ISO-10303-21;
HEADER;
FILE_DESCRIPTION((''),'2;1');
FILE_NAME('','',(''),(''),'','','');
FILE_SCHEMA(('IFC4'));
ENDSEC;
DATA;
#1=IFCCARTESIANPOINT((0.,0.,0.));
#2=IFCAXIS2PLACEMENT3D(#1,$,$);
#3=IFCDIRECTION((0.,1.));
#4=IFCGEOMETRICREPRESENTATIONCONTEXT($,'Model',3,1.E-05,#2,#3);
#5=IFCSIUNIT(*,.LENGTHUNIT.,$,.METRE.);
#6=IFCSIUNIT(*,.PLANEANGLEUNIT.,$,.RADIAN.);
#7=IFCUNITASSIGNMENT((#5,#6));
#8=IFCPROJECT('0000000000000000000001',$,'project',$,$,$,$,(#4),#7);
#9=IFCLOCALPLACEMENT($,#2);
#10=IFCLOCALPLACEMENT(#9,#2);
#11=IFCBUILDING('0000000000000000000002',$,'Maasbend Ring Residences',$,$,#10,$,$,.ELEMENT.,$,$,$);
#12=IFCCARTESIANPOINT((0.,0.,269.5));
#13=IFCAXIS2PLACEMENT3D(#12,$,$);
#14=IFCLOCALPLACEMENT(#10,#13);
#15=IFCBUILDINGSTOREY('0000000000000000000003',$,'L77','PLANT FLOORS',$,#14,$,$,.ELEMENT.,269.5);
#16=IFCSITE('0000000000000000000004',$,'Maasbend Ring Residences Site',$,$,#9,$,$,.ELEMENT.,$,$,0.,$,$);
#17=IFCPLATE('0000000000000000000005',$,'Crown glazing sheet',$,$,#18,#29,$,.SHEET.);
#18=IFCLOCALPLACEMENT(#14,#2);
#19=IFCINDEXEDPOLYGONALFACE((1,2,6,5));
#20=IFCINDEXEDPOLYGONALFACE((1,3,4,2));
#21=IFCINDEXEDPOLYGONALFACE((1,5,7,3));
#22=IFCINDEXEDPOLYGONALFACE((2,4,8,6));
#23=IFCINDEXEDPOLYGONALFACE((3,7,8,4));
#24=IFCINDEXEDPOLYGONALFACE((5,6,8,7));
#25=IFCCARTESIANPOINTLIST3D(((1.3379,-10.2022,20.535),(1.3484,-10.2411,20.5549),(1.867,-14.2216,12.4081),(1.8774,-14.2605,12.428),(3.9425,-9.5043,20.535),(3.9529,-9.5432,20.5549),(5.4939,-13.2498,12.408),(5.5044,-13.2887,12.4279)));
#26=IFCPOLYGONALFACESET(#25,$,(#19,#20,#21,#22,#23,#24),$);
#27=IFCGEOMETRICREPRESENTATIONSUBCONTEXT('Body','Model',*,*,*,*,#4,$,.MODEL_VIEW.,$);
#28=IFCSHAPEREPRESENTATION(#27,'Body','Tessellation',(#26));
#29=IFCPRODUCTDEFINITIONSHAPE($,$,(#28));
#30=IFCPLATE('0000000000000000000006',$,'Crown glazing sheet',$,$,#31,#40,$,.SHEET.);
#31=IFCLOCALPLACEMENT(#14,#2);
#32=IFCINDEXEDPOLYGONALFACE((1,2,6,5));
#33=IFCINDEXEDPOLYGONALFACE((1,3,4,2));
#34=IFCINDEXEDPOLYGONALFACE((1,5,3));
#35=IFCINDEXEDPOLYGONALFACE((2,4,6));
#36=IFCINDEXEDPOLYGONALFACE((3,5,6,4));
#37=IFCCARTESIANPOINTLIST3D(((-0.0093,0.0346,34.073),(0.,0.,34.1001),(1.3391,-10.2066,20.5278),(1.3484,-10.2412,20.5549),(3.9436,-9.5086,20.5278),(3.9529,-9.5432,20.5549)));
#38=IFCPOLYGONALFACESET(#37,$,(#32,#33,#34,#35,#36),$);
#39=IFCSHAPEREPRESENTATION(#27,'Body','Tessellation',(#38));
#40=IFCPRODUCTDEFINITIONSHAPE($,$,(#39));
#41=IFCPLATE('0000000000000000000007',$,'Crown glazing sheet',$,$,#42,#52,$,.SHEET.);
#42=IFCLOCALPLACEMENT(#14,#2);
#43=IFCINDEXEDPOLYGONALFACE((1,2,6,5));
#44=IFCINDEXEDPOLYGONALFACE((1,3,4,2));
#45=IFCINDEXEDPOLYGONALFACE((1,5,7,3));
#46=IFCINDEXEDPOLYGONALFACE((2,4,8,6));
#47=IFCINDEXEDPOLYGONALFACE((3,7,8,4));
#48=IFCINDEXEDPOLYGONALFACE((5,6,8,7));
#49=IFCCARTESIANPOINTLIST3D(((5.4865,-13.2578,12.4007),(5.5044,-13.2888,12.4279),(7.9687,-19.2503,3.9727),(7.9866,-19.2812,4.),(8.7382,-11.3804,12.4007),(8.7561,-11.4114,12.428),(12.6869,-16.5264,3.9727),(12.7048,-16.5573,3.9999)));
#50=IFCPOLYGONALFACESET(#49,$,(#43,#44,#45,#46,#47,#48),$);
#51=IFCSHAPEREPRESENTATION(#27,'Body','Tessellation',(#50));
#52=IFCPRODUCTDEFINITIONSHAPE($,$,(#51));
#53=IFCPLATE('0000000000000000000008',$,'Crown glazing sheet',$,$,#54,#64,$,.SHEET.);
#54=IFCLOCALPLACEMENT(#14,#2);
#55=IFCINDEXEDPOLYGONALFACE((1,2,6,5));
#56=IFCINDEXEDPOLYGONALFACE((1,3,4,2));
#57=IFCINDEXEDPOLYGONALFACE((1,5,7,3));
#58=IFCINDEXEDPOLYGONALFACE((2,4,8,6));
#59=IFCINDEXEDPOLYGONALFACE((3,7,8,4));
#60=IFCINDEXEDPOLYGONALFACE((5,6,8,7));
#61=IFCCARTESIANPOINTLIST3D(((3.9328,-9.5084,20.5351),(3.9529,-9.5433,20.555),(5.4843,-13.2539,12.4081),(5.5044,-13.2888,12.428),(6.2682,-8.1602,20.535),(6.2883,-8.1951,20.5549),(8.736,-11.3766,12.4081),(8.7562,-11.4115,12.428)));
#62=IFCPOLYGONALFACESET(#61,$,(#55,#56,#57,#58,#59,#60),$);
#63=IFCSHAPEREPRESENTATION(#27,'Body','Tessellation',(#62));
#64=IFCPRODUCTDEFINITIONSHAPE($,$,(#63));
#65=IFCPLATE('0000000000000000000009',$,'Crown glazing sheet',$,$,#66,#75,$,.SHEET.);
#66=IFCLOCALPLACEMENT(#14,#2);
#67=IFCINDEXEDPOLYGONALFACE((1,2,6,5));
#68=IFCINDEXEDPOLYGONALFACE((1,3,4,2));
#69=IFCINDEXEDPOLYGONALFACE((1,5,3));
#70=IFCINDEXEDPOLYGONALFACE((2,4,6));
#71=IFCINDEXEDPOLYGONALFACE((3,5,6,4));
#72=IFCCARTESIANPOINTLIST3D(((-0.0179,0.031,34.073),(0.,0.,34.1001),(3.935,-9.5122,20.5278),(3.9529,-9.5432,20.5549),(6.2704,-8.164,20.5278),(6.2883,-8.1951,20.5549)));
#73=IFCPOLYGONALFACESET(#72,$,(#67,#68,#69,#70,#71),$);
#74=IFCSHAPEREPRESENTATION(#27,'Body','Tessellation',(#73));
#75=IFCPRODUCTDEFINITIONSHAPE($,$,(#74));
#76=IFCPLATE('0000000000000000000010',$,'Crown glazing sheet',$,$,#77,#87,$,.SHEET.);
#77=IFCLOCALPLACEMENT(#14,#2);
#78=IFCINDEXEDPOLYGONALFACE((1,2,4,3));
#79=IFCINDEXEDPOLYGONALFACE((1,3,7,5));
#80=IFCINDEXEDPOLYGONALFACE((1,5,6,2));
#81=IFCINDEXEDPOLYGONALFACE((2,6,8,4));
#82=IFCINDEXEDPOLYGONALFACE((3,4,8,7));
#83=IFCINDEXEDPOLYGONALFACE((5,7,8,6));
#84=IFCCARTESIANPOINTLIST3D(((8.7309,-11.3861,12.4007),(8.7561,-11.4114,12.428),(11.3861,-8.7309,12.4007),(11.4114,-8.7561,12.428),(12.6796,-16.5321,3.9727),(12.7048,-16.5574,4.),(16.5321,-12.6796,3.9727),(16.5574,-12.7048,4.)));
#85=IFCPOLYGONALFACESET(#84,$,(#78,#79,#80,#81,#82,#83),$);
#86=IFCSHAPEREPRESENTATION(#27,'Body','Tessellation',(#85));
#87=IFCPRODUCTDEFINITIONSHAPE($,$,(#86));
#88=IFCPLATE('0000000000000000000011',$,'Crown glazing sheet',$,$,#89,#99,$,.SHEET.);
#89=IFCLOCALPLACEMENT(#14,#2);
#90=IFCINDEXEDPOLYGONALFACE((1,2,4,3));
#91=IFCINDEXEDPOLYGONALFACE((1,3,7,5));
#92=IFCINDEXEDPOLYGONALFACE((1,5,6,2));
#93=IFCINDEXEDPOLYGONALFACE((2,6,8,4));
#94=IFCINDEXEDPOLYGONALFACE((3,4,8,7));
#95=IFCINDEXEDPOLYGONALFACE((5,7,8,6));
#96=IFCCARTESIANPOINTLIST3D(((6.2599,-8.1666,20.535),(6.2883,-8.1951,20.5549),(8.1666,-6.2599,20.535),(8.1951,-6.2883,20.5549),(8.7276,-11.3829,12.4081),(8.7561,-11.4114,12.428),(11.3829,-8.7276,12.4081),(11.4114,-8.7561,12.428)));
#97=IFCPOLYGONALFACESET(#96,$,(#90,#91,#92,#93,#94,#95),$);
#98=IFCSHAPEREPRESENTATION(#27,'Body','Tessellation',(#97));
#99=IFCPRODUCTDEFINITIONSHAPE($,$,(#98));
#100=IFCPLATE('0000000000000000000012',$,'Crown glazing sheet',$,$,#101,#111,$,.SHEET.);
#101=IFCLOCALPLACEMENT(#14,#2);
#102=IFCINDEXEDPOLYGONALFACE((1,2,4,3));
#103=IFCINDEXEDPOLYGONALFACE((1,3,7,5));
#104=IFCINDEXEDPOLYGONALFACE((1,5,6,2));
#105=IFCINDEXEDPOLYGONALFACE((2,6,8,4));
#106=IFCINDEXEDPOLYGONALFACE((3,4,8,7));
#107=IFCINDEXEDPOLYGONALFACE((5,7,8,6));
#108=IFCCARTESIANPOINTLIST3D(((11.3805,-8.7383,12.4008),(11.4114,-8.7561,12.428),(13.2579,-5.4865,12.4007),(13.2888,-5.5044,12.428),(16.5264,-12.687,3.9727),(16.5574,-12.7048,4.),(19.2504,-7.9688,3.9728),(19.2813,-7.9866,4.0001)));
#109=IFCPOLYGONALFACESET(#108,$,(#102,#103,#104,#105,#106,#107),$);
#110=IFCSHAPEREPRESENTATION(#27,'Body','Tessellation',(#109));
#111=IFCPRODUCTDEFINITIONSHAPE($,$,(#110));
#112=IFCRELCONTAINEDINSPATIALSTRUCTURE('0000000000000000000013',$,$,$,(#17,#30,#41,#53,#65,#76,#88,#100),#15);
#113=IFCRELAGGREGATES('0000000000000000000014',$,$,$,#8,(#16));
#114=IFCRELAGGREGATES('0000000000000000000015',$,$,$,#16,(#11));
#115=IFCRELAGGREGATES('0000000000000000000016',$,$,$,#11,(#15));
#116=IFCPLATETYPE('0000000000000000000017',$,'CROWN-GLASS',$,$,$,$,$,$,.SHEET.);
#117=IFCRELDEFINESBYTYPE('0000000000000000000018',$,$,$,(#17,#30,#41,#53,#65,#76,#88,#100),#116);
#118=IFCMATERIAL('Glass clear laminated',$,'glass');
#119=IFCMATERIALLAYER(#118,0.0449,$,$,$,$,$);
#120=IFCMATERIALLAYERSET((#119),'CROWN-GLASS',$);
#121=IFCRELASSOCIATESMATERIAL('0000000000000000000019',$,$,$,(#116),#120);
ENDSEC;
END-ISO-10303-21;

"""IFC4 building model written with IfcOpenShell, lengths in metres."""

from ifc_helpers import new_model, si_unit, direction, frame, origin, place, context, subcontext, project, spatial, polyline, outline, extrude, material, layer, layer_set, type_object, element, save


model = new_model("IFC4")

# Units and contexts
model_context = context("Model", 3, precision=1e-05, world=origin(), true_north=direction((0.0, 1.0)))
body_context = subcontext(model_context, "Body", "Model", "MODEL_VIEW")
ifc_project = project(units=[si_unit("LENGTHUNIT", "METRE"), si_unit("PLANEANGLEUNIT", "RADIAN")], contexts=[model_context])

# Site, building, storey
site_placement = place(None, origin())
site = spatial("IfcSite", under=ifc_project, at=site_placement, Name="Maasbend Ring Residences Site", CompositionType="ELEMENT", RefElevation=0.0)
building_placement = place(site_placement, origin())
building = spatial("IfcBuilding", under=site, at=building_placement, Name="Maasbend Ring Residences", CompositionType="ELEMENT")
storey_placement = place(building_placement, frame((0.0, 0.0, 269.5)))
storey = spatial("IfcBuildingStorey", under=building, at=storey_placement, Name="L77", Description="PLANT FLOORS", CompositionType="ELEMENT", Elevation=269.5)

# Plates
ifc_material_1 = material(Name="Glass clear laminated", Category="glass")
ifc_layer_1 = layer(ifc_material_1, 0.0449)
ifc_layer_set_1 = layer_set([ifc_layer_1], Name="CROWN-GLASS")
plate_type = type_object("IfcPlateType", Name="CROWN-GLASS", PredefinedType="SHEET", material=ifc_layer_set_1)
plate_1_placement = place(storey_placement, frame((1.8774, -14.2605, 12.428), z_axis=(0.231992, -0.865822, 0.44332), x_axis=(0.965929, 0.258807, -0.000014)))
element("IfcPlate", 1, at=plate_1_placement, inside=storey, type_object=plate_type, Name="Crown glazing sheet", PredefinedType="SHEET", context=body_context, shape_type="SweptSolid", body=[
    extrude(outline(polyline([(0.0, 0.0), (3.7549, 0.0), (3.2255, 9.0666), (0.5291, 9.0665), (0.0, 0.0)])), origin(), (0.0, 0.0, -1.0), 0.0449),
])
plate_2_placement = place(storey_placement, frame((1.3484, -10.2412, 20.5549), z_axis=(0.206486, -0.770478, 0.603097), x_axis=(0.965914, 0.258863, 0.0)))
element("IfcPlate", 2, at=plate_2_placement, inside=storey, type_object=plate_type, Name="Crown glazing sheet", PredefinedType="SHEET", context=body_context, shape_type="SweptSolid", body=[
    extrude(outline(polyline([(0.0, 0.0), (2.6964, 0.0), (1.3486, 16.981), (0.0, 0.0)])), origin(), (0.0, 0.0, -1.0), 0.0449),
])
plate_3_placement = place(storey_placement, frame((7.9866, -19.2812, 4.0), z_axis=(0.39749, -0.688496, 0.606609), x_axis=(0.866036, 0.499982, -0.00001)))
element("IfcPlate", 3, at=plate_3_placement, inside=storey, type_object=plate_type, Name="Crown glazing sheet", PredefinedType="SHEET", context=body_context, shape_type="SweptSolid", body=[
    extrude(outline(polyline([(0.0, 0.0), (5.4481, 0.0), (4.6012, 10.6013), (0.8464, 10.6012), (0.0, 0.0)])), origin(), (0.0, 0.0, -1.0), 0.0449),
])
plate_4_placement = place(storey_placement, frame((5.5044, -13.2888, 12.428), z_axis=(0.448164, -0.776282, 0.443322), x_axis=(0.866033, 0.499988, 0.000015)))
element("IfcPlate", 4, at=plate_4_placement, inside=storey, type_object=plate_type, Name="Crown glazing sheet", PredefinedType="SHEET", context=body_context, shape_type="SweptSolid", body=[
    extrude(outline(polyline([(0.0, 0.0), (3.7548, 0.0), (3.2258, 9.0665), (0.5292, 9.0666), (0.0, 0.0)])), origin(), (0.0, 0.0, -1.0), 0.0449),
])
plate_5_placement = place(storey_placement, frame((3.9529, -9.5432, 20.5549), z_axis=(0.398783, -0.690829, 0.603098), x_axis=(0.866062, 0.499937, 0.0)))
element("IfcPlate", 5, at=plate_5_placement, inside=storey, type_object=plate_type, Name="Crown glazing sheet", PredefinedType="SHEET", context=body_context, shape_type="SweptSolid", body=[
    extrude(outline(polyline([(0.0, 0.0), (2.6966, 0.0), (1.3476, 16.981), (0.0, 0.0)])), origin(), (0.0, 0.0, -1.0), 0.0449),
])
plate_6_placement = place(storey_placement, frame((12.7048, -16.5574, 4.0), z_axis=(0.562146, -0.562146, 0.606618), x_axis=(0.707107, 0.707107, 0.0)))
element("IfcPlate", 6, at=plate_6_placement, inside=storey, type_object=plate_type, Name="Crown glazing sheet", PredefinedType="SHEET", context=body_context, shape_type="SweptSolid", body=[
    extrude(outline(polyline([(0.0, 0.0), (5.4483, 0.0), (4.6017, 10.6013), (0.8466, 10.6013), (0.0, 0.0)])), origin(), (0.0, 0.0, -1.0), 0.0449),
])
plate_7_placement = place(storey_placement, frame((8.7561, -11.4114, 12.428), z_axis=(0.633829, -0.633829, 0.443307), x_axis=(0.707107, 0.707107, 0.0)))
element("IfcPlate", 7, at=plate_7_placement, inside=storey, type_object=plate_type, Name="Crown glazing sheet", PredefinedType="SHEET", context=body_context, shape_type="SweptSolid", body=[
    extrude(outline(polyline([(0.0, 0.0), (3.7551, 0.0), (3.2258, 9.0665), (0.5293, 9.0665), (0.0, 0.0)])), origin(), (0.0, 0.0, -1.0), 0.0449),
])
plate_8_placement = place(storey_placement, frame((16.5574, -12.7048, 4.0), z_axis=(0.688496, -0.39749, 0.606609), x_axis=(0.499982, 0.866036, 0.00001)))
element("IfcPlate", 8, at=plate_8_placement, inside=storey, type_object=plate_type, Name="Crown glazing sheet", PredefinedType="SHEET", context=body_context, shape_type="SweptSolid", body=[
    extrude(outline(polyline([(0.0, 0.0), (5.4481, 0.0), (4.6017, 10.6012), (0.8469, 10.6013), (0.0, 0.0)])), origin(), (0.0, 0.0, -1.0), 0.0449),
])

save(model, "model.ifc")
